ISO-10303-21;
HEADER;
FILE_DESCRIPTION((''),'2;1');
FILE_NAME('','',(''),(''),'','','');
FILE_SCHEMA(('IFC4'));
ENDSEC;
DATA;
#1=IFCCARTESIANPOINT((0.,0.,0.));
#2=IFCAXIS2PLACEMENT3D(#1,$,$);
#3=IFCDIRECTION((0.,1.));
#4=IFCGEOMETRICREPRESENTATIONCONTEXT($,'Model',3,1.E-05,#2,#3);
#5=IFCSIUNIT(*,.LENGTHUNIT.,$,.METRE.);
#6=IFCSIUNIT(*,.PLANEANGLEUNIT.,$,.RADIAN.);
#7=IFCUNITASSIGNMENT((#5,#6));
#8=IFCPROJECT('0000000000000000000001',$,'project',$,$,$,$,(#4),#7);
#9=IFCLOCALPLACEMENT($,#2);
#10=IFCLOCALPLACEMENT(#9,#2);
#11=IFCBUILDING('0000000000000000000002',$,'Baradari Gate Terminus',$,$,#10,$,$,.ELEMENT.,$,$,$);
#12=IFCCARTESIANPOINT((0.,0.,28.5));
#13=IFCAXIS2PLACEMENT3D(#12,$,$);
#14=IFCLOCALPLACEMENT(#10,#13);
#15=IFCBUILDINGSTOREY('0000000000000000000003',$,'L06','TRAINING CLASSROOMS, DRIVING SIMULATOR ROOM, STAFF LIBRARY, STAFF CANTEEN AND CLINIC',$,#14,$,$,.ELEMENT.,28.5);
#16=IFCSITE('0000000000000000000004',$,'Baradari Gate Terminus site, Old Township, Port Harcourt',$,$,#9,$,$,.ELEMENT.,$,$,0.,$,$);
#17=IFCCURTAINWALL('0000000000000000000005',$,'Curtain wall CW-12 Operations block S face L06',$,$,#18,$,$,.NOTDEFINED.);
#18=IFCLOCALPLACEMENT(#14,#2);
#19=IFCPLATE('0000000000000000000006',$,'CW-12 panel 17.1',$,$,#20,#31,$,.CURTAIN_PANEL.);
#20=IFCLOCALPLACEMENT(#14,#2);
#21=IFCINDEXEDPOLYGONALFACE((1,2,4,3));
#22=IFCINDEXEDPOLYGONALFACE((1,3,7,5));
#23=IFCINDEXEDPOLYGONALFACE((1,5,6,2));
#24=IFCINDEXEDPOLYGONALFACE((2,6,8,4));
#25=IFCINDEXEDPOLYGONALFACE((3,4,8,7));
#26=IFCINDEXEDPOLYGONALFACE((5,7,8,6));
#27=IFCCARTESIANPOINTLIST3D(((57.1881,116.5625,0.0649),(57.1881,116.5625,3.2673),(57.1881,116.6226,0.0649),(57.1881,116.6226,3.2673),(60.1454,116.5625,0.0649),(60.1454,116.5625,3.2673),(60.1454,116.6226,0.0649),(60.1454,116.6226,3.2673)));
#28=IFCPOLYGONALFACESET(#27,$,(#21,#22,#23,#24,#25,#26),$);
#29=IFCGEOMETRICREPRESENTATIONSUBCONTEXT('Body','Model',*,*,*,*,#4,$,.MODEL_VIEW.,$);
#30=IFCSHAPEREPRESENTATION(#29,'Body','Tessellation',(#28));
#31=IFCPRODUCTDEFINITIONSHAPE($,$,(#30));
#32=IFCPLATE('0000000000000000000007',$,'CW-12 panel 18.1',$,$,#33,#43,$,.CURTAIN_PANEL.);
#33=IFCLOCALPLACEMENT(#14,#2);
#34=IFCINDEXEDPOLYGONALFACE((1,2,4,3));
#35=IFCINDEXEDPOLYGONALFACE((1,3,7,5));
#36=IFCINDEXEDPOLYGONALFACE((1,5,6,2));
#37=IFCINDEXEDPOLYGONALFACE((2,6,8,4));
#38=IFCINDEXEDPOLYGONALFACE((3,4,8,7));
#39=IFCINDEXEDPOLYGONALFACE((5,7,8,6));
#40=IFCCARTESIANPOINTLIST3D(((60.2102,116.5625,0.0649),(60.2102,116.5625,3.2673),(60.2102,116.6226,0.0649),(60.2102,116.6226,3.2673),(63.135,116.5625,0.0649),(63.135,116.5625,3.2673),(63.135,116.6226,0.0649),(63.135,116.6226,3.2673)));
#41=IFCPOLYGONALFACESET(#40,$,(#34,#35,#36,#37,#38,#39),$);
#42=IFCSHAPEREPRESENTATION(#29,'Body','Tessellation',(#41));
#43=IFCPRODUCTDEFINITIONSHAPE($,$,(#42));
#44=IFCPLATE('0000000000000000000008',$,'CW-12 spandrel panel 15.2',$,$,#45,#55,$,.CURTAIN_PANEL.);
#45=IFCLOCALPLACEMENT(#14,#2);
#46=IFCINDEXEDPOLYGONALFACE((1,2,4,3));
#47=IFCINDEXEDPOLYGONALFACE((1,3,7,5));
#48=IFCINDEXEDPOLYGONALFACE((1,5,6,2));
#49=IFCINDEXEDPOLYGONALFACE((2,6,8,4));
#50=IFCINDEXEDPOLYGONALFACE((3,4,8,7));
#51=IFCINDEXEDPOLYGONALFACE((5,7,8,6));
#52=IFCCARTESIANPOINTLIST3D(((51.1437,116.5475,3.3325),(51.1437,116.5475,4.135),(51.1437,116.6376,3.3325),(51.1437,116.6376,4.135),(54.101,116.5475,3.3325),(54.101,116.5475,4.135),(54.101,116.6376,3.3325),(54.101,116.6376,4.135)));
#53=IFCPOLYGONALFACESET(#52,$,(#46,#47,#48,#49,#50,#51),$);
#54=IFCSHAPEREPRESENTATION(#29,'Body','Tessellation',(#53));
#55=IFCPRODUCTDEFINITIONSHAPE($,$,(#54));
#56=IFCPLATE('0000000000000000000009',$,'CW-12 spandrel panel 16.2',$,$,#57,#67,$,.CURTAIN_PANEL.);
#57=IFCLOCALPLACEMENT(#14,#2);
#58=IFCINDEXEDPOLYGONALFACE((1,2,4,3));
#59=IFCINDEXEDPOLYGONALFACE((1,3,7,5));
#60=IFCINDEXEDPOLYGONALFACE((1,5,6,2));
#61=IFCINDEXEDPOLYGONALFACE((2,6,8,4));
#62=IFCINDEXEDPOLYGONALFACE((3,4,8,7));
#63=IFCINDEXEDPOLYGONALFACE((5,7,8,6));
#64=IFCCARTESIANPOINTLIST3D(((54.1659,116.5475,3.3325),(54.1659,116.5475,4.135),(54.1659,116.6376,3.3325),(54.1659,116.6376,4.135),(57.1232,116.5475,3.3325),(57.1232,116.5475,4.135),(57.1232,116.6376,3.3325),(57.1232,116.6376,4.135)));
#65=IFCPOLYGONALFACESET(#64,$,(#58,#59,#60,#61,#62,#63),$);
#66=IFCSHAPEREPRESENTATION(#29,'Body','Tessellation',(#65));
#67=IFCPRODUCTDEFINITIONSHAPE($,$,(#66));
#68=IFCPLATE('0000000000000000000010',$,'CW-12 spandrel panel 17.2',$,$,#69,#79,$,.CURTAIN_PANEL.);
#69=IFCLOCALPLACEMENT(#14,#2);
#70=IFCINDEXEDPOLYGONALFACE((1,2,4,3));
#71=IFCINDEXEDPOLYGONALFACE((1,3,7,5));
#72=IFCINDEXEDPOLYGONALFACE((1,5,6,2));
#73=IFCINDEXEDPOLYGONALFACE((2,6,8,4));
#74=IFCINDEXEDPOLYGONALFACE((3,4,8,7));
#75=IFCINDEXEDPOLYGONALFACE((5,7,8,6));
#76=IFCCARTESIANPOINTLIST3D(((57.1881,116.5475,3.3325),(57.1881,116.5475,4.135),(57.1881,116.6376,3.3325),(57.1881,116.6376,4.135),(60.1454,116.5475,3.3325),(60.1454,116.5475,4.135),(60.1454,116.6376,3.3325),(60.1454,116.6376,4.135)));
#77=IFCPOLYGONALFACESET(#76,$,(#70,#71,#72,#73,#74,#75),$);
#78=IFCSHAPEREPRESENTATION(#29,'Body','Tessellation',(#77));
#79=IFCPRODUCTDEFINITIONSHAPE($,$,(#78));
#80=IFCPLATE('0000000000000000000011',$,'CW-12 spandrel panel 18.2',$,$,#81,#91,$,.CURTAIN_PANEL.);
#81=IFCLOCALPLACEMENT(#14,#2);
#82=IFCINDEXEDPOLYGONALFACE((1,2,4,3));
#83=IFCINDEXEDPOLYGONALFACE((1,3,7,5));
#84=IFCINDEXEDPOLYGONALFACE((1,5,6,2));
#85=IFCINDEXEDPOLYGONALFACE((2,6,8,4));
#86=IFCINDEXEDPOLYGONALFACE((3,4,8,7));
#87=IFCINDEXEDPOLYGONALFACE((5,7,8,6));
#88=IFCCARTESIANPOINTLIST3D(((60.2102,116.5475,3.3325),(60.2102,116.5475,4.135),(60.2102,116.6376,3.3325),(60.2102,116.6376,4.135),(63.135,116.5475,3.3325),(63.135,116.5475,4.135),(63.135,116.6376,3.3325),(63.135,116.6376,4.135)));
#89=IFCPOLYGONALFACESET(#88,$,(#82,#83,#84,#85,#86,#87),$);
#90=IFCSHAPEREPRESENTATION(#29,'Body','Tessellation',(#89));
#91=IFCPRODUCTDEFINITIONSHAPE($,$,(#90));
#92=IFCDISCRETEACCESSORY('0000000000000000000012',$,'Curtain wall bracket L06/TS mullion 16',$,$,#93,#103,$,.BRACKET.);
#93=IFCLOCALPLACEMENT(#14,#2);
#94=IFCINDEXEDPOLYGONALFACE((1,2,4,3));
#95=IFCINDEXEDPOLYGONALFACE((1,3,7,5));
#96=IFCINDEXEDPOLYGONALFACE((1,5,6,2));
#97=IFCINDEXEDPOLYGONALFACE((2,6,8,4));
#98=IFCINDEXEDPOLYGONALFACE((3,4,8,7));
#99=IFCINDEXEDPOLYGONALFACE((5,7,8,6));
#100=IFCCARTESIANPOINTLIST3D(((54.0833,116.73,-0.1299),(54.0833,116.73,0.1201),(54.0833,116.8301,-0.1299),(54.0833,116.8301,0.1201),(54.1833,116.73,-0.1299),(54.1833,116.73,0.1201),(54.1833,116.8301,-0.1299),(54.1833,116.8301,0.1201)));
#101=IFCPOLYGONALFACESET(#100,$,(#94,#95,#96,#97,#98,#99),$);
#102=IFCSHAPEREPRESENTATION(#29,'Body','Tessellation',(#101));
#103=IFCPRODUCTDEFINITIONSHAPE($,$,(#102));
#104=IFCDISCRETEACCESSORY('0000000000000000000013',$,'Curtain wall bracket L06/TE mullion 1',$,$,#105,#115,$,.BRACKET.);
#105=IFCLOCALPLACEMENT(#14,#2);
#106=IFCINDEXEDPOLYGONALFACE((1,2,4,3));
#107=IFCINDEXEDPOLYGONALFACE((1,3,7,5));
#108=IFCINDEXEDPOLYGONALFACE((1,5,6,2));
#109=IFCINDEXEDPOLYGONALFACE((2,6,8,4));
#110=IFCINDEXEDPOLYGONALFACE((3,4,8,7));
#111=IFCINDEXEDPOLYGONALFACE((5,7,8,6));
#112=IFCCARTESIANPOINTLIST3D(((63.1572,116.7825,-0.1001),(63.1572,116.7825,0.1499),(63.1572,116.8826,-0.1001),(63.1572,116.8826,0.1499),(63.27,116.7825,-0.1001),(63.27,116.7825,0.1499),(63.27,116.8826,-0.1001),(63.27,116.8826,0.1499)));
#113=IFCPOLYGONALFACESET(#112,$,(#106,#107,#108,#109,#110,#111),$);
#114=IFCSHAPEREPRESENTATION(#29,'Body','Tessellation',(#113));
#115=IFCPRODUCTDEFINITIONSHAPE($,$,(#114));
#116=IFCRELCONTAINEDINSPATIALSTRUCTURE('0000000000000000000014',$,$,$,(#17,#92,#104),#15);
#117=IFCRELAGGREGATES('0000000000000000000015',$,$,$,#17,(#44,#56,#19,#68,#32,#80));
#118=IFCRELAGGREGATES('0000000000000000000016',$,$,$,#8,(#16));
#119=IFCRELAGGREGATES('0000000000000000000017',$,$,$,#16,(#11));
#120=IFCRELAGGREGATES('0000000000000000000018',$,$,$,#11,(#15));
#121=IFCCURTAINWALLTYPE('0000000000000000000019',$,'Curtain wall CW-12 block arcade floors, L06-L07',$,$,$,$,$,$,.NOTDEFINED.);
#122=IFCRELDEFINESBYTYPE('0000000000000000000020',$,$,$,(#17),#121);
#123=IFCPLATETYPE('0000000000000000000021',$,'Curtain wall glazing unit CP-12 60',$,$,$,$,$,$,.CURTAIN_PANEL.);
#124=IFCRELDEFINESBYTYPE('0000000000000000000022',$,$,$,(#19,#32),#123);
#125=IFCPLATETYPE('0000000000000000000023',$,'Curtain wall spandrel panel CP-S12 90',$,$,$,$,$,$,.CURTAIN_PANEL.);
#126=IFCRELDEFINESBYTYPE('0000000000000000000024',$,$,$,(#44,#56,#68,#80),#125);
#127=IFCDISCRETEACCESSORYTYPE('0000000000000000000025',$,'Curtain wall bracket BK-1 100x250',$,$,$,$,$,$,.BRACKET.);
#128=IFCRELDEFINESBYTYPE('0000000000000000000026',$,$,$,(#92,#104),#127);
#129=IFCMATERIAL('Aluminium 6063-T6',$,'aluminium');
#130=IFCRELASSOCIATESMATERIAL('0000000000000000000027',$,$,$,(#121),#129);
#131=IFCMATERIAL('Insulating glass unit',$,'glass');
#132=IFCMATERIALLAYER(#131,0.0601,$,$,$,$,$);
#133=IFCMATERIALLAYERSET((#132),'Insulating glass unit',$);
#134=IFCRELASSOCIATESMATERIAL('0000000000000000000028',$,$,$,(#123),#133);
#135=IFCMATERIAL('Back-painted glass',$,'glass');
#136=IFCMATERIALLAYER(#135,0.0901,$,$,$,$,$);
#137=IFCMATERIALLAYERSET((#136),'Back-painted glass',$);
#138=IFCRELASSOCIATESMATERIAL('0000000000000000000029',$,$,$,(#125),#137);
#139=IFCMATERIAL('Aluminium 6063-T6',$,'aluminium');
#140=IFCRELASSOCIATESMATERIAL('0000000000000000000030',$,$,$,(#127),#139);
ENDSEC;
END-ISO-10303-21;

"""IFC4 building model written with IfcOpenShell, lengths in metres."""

from ifc_helpers import new_model, si_unit, direction, frame, origin, origin_2d, place, context, subcontext, project, spatial, rectangle, extrude, material, layer, layer_set, type_object, element, aggregate, save


model = new_model("IFC4")

# Units and contexts
model_context = context("Model", 3, precision=1e-05, world=origin(), true_north=direction((0.0, 1.0)))
body_context = subcontext(model_context, "Body", "Model", "MODEL_VIEW")
ifc_project = project(units=[si_unit("LENGTHUNIT", "METRE"), si_unit("PLANEANGLEUNIT", "RADIAN")], contexts=[model_context])

# Site, building, storey
site_placement = place(None, origin())
site = spatial("IfcSite", under=ifc_project, at=site_placement, Name="Baradari Gate Terminus site, Old Township, Port Harcourt", CompositionType="ELEMENT", RefElevation=0.0)
building_placement = place(site_placement, origin())
building = spatial("IfcBuilding", under=site, at=building_placement, Name="Baradari Gate Terminus", CompositionType="ELEMENT")
storey_placement = place(building_placement, frame((0.0, 0.0, 28.5)))
storey = spatial("IfcBuildingStorey", under=building, at=storey_placement, Name="L06", Description="TRAINING CLASSROOMS, DRIVING SIMULATOR ROOM, STAFF LIBRARY, STAFF CANTEEN AND CLINIC", CompositionType="ELEMENT", Elevation=28.5)

# Shared definitions
ifc_material_1 = material(Name="Aluminium 6063-T6", Category="aluminium")
curtain_wall_type = type_object("IfcCurtainWallType", Name="Curtain wall CW-12 block arcade floors, L06-L07", PredefinedType="NOTDEFINED", material=ifc_material_1)

# Curtain wall, plates
curtain_wall_1_placement = place(storey_placement, origin())
curtain_wall_1 = element("IfcCurtainWall", 1, at=curtain_wall_1_placement, inside=storey, type_object=curtain_wall_type, Name="Curtain wall CW-12 Operations block S face L06", PredefinedType="NOTDEFINED")
ifc_material_2 = material(Name="Insulating glass unit", Category="glass")
ifc_layer_1 = layer(ifc_material_2, 0.0601)
ifc_layer_set_1 = layer_set([ifc_layer_1], Name="Insulating glass unit")
plate_type_1 = type_object("IfcPlateType", Name="Curtain wall glazing unit CP-12 60", PredefinedType="CURTAIN_PANEL", material=ifc_layer_set_1)
plate_1_placement = place(storey_placement, frame((58.6667, 116.5925, 0.0649), z_axis=(0.0, 0.0, 1.0), x_axis=(1.0, 0.0, 0.0)))
plate_1 = element("IfcPlate", 2, at=plate_1_placement, type_object=plate_type_1, Name="CW-12 panel 17.1", PredefinedType="CURTAIN_PANEL", context=body_context, shape_type="SweptSolid", body=[
    extrude(rectangle(XDim=2.9573, YDim=0.0601, at=origin_2d()), origin(), (0.0, 0.0, 1.0), 3.2024),
])
plate_2_placement = place(storey_placement, frame((61.6726, 116.5925, 0.0649), z_axis=(0.0, 0.0, 1.0), x_axis=(1.0, 0.0, 0.0)))
plate_2 = element("IfcPlate", 3, at=plate_2_placement, type_object=plate_type_1, Name="CW-12 panel 18.1", PredefinedType="CURTAIN_PANEL", context=body_context, shape_type="SweptSolid", body=[
    extrude(rectangle(XDim=2.9248, YDim=0.0601, at=origin_2d()), origin(), (0.0, 0.0, 1.0), 3.2024),
])
ifc_material_3 = material(Name="Back-painted glass", Category="glass")
ifc_layer_2 = layer(ifc_material_3, 0.0901)
ifc_layer_set_2 = layer_set([ifc_layer_2], Name="Back-painted glass")
plate_type_2 = type_object("IfcPlateType", Name="Curtain wall spandrel panel CP-S12 90", PredefinedType="CURTAIN_PANEL", material=ifc_layer_set_2)
plate_3_placement = place(storey_placement, frame((52.6223, 116.5925, 3.3325), z_axis=(0.0, 0.0, 1.0), x_axis=(1.0, 0.0, 0.0)))
plate_3 = element("IfcPlate", 4, at=plate_3_placement, type_object=plate_type_2, Name="CW-12 spandrel panel 15.2", PredefinedType="CURTAIN_PANEL", context=body_context, shape_type="SweptSolid", body=[
    extrude(rectangle(XDim=2.9573, YDim=0.0901, at=origin_2d()), origin(), (0.0, 0.0, 1.0), 0.8025),
])
plate_4_placement = place(storey_placement, frame((55.6445, 116.5925, 3.3325), z_axis=(0.0, 0.0, 1.0), x_axis=(1.0, 0.0, 0.0)))
plate_4 = element("IfcPlate", 5, at=plate_4_placement, type_object=plate_type_2, Name="CW-12 spandrel panel 16.2", PredefinedType="CURTAIN_PANEL", context=body_context, shape_type="SweptSolid", body=[
    extrude(rectangle(XDim=2.9573, YDim=0.0901, at=origin_2d()), origin(), (0.0, 0.0, 1.0), 0.8025),
])
plate_5_placement = place(storey_placement, frame((58.6667, 116.5925, 3.3325), z_axis=(0.0, 0.0, 1.0), x_axis=(1.0, 0.0, 0.0)))
plate_5 = element("IfcPlate", 6, at=plate_5_placement, type_object=plate_type_2, Name="CW-12 spandrel panel 17.2", PredefinedType="CURTAIN_PANEL", context=body_context, shape_type="SweptSolid", body=[
    extrude(rectangle(XDim=2.9573, YDim=0.0901, at=origin_2d()), origin(), (0.0, 0.0, 1.0), 0.8025),
])
plate_6_placement = place(storey_placement, frame((61.6726, 116.5925, 3.3325), z_axis=(0.0, 0.0, 1.0), x_axis=(1.0, 0.0, 0.0)))
plate_6 = element("IfcPlate", 7, at=plate_6_placement, type_object=plate_type_2, Name="CW-12 spandrel panel 18.2", PredefinedType="CURTAIN_PANEL", context=body_context, shape_type="SweptSolid", body=[
    extrude(rectangle(XDim=2.9248, YDim=0.0901, at=origin_2d()), origin(), (0.0, 0.0, 1.0), 0.8025),
])
aggregate(curtain_wall_1, [plate_3, plate_4, plate_1, plate_5, plate_2, plate_6])

# Discrete accessories
ifc_material_4 = material(Name="Aluminium 6063-T6", Category="aluminium")
discrete_accessory_type = type_object("IfcDiscreteAccessoryType", Name="Curtain wall bracket BK-1 100x250", PredefinedType="BRACKET", material=ifc_material_4)
discrete_accessory_1_placement = place(storey_placement, frame((54.1333, 116.78, -0.1299), z_axis=(0.0, 0.0, 1.0), x_axis=(0.0, -1.0, 0.0)))
element("IfcDiscreteAccessory", 8, at=discrete_accessory_1_placement, inside=storey, type_object=discrete_accessory_type, Name="Curtain wall bracket L06/TS mullion 16", PredefinedType="BRACKET", context=body_context, shape_type="SweptSolid", body=[
    extrude(rectangle(XDim=0.1001, YDim=0.1001, at=origin_2d()), origin(), (0.0, 0.0, 1.0), 0.25),
])
discrete_accessory_2_placement = place(storey_placement, frame((63.2136, 116.8325, -0.1001), z_axis=(0.0, 0.0, 1.0), x_axis=(1.0, 0.0, 0.0)))
element("IfcDiscreteAccessory", 9, at=discrete_accessory_2_placement, inside=storey, type_object=discrete_accessory_type, Name="Curtain wall bracket L06/TE mullion 1", PredefinedType="BRACKET", context=body_context, shape_type="SweptSolid", body=[
    extrude(rectangle(XDim=0.1128, YDim=0.1001, at=origin_2d()), origin(), (0.0, 0.0, 1.0), 0.25),
])

save(model, "model.ifc")
